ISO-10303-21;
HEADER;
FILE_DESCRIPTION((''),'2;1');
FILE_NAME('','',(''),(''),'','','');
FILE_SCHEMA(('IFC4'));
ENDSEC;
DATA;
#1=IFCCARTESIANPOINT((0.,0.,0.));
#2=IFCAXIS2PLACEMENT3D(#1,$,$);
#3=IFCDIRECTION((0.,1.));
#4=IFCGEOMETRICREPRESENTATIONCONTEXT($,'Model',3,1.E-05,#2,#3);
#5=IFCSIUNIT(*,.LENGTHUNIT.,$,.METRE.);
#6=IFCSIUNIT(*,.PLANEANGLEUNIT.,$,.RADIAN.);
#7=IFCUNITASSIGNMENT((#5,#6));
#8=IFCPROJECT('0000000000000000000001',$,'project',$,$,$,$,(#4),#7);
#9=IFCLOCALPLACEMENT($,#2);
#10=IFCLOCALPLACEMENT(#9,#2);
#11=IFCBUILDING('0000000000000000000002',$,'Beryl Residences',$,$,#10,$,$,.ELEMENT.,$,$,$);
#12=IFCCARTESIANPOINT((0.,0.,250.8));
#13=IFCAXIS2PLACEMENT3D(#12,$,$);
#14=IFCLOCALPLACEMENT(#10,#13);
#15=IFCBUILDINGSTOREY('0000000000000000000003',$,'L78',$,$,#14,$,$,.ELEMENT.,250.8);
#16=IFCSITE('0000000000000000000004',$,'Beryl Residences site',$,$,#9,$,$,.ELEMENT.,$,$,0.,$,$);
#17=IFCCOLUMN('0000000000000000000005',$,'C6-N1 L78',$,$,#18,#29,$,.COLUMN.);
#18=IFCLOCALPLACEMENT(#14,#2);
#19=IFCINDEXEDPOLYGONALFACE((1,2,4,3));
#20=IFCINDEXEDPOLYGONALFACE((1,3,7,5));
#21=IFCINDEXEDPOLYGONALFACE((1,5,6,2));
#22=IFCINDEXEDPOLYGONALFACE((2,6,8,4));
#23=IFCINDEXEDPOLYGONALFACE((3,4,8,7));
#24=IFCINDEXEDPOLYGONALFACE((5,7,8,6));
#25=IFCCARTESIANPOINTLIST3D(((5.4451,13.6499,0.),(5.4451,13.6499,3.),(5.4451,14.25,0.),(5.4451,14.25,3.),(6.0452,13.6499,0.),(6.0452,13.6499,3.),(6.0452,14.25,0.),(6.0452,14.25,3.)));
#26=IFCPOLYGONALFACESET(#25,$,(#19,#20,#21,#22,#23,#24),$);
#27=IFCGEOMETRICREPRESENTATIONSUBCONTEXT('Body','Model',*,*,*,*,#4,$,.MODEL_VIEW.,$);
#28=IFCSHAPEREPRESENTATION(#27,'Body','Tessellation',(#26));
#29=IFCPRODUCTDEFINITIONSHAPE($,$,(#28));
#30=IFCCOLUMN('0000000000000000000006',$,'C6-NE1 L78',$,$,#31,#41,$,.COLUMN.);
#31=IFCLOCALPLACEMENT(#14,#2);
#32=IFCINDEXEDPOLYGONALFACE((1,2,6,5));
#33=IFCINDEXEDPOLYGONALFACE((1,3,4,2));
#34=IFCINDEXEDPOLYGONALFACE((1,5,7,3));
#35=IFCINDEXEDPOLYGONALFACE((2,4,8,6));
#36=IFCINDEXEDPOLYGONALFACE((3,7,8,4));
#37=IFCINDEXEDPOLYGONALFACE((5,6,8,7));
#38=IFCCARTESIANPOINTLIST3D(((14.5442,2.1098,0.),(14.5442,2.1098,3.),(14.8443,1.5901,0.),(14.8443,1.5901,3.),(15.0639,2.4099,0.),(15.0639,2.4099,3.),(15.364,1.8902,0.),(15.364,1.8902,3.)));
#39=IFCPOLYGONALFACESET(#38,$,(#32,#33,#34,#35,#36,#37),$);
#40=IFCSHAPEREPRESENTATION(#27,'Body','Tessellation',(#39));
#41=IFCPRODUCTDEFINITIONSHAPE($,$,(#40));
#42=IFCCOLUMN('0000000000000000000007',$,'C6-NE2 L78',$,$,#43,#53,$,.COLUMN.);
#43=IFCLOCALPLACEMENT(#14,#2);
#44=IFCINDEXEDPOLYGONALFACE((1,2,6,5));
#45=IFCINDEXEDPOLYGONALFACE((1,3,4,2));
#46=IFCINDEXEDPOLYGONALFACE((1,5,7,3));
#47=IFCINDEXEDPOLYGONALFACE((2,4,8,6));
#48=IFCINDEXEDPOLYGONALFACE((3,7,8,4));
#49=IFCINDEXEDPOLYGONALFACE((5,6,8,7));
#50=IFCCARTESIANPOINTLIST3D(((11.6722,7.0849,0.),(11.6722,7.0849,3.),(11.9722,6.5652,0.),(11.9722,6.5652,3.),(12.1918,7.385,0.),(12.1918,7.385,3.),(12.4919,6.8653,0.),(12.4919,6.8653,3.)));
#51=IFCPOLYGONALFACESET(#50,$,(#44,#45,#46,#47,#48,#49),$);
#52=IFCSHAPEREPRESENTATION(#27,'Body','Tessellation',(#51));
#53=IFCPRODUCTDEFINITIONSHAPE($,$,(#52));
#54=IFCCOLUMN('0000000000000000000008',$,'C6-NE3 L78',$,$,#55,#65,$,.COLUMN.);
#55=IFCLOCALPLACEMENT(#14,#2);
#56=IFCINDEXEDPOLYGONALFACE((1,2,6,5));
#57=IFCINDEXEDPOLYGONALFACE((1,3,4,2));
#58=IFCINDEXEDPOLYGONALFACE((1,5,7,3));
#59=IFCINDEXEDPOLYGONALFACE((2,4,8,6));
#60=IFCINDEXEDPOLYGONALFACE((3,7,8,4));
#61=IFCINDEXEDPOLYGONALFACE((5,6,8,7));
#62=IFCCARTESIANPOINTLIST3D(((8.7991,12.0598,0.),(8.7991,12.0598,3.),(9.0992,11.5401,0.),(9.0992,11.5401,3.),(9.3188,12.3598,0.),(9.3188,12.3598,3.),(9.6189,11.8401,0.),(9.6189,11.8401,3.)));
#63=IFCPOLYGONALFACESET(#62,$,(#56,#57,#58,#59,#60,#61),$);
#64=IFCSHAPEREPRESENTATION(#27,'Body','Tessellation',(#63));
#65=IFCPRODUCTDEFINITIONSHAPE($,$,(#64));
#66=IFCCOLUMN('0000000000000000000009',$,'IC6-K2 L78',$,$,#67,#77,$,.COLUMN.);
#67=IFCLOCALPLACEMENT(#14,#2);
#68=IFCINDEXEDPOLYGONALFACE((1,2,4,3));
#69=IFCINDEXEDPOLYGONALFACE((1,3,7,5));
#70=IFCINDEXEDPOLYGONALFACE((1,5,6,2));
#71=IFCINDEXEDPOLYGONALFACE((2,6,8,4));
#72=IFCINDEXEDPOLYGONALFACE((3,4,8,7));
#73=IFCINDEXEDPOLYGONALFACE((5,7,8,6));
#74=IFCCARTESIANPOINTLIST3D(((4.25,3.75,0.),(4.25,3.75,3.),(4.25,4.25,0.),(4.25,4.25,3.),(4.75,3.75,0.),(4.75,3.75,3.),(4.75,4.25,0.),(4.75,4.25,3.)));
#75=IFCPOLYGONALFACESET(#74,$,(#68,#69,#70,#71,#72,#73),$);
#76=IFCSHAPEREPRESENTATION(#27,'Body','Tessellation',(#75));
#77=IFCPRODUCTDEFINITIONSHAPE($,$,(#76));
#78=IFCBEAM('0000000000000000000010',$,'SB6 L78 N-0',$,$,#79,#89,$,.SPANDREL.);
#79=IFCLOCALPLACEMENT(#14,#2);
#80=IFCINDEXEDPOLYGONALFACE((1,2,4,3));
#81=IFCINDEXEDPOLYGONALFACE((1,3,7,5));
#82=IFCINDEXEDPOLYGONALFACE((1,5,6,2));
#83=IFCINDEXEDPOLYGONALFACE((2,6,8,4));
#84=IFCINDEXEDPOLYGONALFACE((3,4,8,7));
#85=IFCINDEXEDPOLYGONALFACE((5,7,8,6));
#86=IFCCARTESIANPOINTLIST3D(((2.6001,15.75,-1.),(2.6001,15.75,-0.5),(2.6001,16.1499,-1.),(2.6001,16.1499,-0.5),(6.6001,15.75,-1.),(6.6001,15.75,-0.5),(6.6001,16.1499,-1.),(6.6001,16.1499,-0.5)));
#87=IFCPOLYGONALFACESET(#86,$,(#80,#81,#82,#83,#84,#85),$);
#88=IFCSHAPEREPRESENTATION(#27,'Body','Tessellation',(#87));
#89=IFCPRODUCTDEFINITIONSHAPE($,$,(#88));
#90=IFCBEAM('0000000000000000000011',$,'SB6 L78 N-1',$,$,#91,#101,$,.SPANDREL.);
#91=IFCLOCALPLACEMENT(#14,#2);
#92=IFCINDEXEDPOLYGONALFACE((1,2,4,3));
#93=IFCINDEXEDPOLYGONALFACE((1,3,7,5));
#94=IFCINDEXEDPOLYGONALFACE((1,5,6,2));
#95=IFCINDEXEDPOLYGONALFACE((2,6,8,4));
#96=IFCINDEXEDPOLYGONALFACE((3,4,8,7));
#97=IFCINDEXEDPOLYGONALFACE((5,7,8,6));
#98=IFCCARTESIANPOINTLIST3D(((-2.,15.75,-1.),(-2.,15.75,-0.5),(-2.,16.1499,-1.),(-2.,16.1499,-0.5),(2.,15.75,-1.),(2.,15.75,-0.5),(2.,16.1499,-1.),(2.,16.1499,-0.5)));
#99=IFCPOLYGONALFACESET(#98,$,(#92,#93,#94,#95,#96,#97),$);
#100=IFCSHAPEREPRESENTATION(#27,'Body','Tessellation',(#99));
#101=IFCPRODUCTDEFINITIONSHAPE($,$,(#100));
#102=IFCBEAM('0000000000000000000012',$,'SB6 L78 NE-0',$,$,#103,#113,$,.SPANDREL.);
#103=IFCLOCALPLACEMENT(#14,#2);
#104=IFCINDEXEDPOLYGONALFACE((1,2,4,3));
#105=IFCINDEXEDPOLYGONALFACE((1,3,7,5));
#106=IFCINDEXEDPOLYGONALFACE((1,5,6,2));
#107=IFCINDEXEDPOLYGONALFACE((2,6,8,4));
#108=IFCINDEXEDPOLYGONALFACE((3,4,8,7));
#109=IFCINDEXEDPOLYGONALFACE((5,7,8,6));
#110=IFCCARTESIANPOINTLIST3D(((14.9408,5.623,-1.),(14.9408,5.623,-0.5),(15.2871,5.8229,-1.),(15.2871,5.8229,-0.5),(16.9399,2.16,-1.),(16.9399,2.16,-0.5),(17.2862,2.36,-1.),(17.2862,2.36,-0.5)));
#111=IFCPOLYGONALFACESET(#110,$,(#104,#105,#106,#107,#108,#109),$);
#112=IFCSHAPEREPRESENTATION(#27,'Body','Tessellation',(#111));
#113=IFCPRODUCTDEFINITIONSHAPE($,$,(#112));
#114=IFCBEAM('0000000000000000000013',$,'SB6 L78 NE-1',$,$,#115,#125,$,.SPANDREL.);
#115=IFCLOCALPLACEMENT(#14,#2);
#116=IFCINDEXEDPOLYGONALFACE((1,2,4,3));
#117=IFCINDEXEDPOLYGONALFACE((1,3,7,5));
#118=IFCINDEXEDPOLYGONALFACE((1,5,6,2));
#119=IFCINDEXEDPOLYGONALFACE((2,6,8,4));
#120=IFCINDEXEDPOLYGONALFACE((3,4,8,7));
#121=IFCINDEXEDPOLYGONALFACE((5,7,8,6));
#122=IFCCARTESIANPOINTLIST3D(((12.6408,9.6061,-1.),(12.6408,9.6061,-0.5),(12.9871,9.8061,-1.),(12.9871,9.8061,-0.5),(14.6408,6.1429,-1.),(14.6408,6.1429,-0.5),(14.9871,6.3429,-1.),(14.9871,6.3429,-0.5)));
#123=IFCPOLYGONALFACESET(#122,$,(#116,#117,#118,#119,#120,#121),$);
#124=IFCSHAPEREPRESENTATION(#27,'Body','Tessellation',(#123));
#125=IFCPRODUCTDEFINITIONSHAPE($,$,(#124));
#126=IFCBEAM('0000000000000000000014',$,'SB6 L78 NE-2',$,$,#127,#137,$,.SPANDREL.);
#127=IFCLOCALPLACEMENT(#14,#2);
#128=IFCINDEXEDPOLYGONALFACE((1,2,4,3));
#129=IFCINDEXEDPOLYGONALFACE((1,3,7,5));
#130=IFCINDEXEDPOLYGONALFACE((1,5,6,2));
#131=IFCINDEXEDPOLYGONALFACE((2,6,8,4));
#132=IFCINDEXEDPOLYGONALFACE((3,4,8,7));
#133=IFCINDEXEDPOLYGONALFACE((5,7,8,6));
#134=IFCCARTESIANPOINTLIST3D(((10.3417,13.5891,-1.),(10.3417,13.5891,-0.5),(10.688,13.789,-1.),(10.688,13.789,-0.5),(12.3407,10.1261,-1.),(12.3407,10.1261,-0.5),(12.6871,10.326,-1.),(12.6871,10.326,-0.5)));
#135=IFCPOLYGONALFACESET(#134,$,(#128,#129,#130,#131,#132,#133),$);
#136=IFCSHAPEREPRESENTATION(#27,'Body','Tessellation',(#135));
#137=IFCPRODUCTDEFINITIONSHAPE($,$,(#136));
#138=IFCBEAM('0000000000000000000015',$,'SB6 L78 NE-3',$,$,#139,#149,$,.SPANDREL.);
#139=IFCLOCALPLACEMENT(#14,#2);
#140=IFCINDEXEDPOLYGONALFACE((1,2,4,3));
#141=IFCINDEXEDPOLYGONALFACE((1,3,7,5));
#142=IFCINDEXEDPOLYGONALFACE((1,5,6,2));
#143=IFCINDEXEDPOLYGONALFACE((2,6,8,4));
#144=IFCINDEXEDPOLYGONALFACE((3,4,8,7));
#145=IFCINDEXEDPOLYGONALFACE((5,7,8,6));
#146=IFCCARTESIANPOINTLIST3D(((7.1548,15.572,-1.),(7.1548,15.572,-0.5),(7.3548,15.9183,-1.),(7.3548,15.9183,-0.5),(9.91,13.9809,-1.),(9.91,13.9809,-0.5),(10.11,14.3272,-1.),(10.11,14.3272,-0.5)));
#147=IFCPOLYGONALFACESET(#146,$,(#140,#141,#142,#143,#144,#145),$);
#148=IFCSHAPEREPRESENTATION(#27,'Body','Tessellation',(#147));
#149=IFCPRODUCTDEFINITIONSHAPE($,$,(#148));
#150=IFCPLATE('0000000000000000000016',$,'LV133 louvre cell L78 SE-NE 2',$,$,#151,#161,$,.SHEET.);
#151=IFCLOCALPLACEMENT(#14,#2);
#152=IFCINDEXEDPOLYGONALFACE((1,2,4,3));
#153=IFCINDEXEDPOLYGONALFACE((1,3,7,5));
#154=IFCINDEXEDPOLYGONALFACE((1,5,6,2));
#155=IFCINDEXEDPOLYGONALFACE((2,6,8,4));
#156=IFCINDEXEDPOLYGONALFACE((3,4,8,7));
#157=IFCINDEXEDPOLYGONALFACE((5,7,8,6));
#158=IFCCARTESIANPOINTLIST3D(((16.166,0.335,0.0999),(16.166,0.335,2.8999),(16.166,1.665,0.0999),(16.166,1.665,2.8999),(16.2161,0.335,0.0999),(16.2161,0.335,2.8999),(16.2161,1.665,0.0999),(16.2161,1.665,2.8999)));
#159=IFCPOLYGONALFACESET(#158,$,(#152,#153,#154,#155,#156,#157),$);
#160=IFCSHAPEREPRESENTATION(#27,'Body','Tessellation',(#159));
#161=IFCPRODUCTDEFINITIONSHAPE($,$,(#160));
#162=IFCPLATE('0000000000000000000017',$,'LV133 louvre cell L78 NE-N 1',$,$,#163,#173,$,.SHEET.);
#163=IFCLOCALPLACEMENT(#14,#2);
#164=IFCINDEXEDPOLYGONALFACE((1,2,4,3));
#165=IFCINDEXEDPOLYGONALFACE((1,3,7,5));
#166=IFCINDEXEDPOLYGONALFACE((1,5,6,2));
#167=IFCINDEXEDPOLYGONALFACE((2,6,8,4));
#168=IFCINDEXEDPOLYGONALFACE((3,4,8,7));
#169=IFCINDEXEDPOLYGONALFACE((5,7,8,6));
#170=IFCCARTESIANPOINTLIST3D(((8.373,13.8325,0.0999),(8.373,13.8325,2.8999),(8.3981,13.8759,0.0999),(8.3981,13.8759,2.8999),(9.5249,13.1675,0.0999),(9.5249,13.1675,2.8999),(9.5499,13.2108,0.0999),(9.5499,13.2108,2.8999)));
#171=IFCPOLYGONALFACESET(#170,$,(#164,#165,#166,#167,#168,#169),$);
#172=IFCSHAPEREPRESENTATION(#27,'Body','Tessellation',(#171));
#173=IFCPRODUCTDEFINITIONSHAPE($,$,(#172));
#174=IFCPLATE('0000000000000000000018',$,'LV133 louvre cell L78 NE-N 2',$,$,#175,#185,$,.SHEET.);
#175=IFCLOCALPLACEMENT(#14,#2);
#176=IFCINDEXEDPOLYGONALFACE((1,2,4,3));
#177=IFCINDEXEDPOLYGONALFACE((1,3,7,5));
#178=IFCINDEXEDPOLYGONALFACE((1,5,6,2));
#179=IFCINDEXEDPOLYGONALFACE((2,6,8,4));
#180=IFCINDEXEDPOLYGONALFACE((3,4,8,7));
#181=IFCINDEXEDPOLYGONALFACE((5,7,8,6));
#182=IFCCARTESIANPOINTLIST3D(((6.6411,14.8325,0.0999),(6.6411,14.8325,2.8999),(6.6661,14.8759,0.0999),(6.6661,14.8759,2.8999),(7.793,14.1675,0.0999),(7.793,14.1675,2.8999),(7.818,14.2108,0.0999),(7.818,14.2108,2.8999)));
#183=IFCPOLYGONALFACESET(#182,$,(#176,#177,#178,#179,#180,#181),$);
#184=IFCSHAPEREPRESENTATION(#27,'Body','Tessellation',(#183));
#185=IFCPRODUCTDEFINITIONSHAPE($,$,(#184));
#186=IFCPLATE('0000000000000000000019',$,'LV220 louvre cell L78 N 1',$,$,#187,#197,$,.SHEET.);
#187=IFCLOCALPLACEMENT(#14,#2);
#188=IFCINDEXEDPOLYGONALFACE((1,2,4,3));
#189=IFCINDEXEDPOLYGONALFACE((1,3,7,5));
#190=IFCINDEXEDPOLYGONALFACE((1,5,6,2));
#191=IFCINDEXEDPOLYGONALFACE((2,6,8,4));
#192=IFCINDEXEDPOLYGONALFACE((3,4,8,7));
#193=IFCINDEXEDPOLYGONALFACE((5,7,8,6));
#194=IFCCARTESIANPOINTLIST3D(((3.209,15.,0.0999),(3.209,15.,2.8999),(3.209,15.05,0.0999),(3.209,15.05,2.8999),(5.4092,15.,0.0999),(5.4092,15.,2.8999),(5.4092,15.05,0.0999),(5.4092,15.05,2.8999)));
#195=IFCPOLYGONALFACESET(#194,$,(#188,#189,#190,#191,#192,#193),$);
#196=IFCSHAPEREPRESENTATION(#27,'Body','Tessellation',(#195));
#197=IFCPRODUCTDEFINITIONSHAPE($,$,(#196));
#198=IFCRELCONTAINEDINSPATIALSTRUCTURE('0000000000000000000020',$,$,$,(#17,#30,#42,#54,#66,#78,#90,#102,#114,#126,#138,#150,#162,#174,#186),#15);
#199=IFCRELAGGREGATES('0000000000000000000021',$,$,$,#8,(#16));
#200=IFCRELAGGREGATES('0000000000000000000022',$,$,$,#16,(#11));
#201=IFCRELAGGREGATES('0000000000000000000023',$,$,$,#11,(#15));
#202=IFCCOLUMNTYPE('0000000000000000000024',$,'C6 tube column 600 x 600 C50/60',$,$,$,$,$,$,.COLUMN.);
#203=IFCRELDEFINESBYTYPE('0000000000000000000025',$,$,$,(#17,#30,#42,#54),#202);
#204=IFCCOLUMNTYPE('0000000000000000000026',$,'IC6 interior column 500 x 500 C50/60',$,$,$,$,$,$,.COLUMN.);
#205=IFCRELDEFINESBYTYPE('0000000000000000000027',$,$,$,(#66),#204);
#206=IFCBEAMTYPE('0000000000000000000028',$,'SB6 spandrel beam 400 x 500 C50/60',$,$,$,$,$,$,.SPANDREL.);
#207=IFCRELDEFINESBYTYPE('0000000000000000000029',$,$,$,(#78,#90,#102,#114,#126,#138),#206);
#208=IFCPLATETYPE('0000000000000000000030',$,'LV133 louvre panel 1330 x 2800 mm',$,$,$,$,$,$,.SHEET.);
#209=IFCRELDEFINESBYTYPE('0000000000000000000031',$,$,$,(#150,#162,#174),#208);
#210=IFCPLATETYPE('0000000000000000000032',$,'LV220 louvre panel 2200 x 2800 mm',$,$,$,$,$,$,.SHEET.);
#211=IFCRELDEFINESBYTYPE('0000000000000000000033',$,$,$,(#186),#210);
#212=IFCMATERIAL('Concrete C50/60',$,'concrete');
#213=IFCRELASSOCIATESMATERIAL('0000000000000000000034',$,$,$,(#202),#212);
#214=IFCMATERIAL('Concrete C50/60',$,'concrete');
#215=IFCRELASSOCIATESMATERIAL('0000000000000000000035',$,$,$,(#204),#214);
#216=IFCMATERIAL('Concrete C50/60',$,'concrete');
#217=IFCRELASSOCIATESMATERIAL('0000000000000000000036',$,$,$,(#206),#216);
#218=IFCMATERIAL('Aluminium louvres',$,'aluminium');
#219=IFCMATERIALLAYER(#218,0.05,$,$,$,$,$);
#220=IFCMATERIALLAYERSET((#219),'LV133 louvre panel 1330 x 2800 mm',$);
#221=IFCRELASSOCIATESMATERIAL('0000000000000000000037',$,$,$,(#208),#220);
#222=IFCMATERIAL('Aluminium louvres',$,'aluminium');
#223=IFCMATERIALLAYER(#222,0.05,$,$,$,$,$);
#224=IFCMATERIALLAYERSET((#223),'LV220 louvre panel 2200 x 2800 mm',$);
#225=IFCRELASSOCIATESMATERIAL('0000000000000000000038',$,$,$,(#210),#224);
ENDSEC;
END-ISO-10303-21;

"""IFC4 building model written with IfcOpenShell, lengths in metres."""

from ifc_helpers import new_model, si_unit, direction, frame, origin, origin_2d, place, context, subcontext, project, spatial, polyline, rectangle, outline, extrude, source, transform, mapped, material, layer, layer_set, material_profile, profile_set, type_object, type_shapes, element, save


model = new_model("IFC4")

# Units and contexts
model_context = context("Model", 3, precision=1e-05, world=origin(), true_north=direction((0.0, 1.0)))
body_context = subcontext(model_context, "Body", "Model", "MODEL_VIEW")
ifc_project = project(units=[si_unit("LENGTHUNIT", "METRE"), si_unit("PLANEANGLEUNIT", "RADIAN")], contexts=[model_context])

# Site, building, storey
site_placement = place(None, origin())
site = spatial("IfcSite", under=ifc_project, at=site_placement, Name="Beryl Residences site", CompositionType="ELEMENT", RefElevation=0.0)
building_placement = place(site_placement, origin())
building = spatial("IfcBuilding", under=site, at=building_placement, Name="Beryl Residences", CompositionType="ELEMENT")
storey_placement = place(building_placement, frame((0.0, 0.0, 250.8)))
storey = spatial("IfcBuildingStorey", under=building, at=storey_placement, Name="L78", CompositionType="ELEMENT", Elevation=250.8)

# Columns
ifc_material_1 = material(Name="Concrete C50/60", Category="concrete")
ifc_material_profile_1 = material_profile(ifc_material_1, rectangle(XDim=0.6001, YDim=0.6001, at=origin_2d()))
ifc_profile_set_1 = profile_set([ifc_material_profile_1], Name="Concrete C50/60")
column_type_1 = type_object("IfcColumnType", Name="C6 tube column 600 x 600 C50/60", PredefinedType="COLUMN", material=ifc_profile_set_1)
for number, where, z_axis, x_axis, name in (
    (1, (5.7451, 13.95, 0.0), (0.0, 0.0, 1.0), (-1.0, 0.0, 0.0), "C6-N1 L78"),
    (2, (14.9541, 2.0, 0.0), (0.0, 0.0, 1.0), (-0.50003, 0.866008, 0.0), "C6-NE1 L78"),
    (3, (12.082, 6.9751, 0.0), (0.0, 0.0, 1.0), (-0.50003, 0.866008, 0.0), "C6-NE2 L78"),
    (4, (9.209, 11.95, 0.0), (0.0, 0.0, 1.0), (-0.50003, 0.866008, 0.0), "C6-NE3 L78"),
):
    element("IfcColumn", number, at=place(storey_placement, frame(where, z_axis=z_axis, x_axis=x_axis)), inside=storey, type_object=column_type_1, Name=name, PredefinedType="COLUMN", context=body_context, shape_type="SweptSolid", body=[
        extrude(rectangle(XDim=0.6001, YDim=0.6001, at=origin_2d()), origin(), (0.0, 0.0, 1.0), 3.0),
    ])
ifc_material_2 = material(Name="Concrete C50/60", Category="concrete")
ifc_material_profile_2 = material_profile(ifc_material_2, rectangle(XDim=0.5, YDim=0.5, at=origin_2d()))
ifc_profile_set_2 = profile_set([ifc_material_profile_2], Name="Concrete C50/60")
column_type_2 = type_object("IfcColumnType", Name="IC6 interior column 500 x 500 C50/60", PredefinedType="COLUMN", material=ifc_profile_set_2)
column_placement = place(storey_placement, frame((4.5, 4.0, 0.0), z_axis=(0.0, 0.0, 1.0), x_axis=(1.0, 0.0, 0.0)))
element("IfcColumn", 5, at=column_placement, inside=storey, type_object=column_type_2, Name="IC6-K2 L78", PredefinedType="COLUMN", context=body_context, shape_type="SweptSolid", body=[
    extrude(rectangle(XDim=0.5, YDim=0.5, at=origin_2d()), origin(), (0.0, 0.0, 1.0), 3.0),
])

# Beams
ifc_material_3 = material(Name="Concrete C50/60", Category="concrete")
ifc_material_profile_3 = material_profile(ifc_material_3, rectangle(XDim=0.3999, YDim=0.5, at=origin_2d()))
ifc_profile_set_3 = profile_set([ifc_material_profile_3], Name="Concrete C50/60")
beam_type = type_object("IfcBeamType", Name="SB6 spandrel beam 400 x 500 C50/60", PredefinedType="SPANDREL", material=ifc_profile_set_3)
for number, where, z_axis, x_axis, name in (
    (6, (6.6001, 15.95, -0.75), (-1.0, 0.0, 0.0), (0.0, -1.0, 0.0), "SB6 L78 N-0"),
    (7, (2.0, 15.95, -0.75), (-1.0, 0.0, 0.0), (0.0, -1.0, 0.0), "SB6 L78 N-1"),
):
    element("IfcBeam", number, at=place(storey_placement, frame(where, z_axis=z_axis, x_axis=x_axis)), inside=storey, type_object=beam_type, Name=name, PredefinedType="SPANDREL", context=body_context, shape_type="SweptSolid", body=[
        extrude(rectangle(XDim=0.3999, YDim=0.5, at=origin_2d()), origin(), (0.0, 0.0, 1.0), 4.0),
    ])
beam_1_placement = place(storey_placement, frame((17.113, 2.26, -0.75), z_axis=(-0.499948, 0.866055, 0.0), x_axis=(-0.866055, -0.499948, 0.0)))
element("IfcBeam", 8, at=beam_1_placement, inside=storey, type_object=beam_type, Name="SB6 L78 NE-0", PredefinedType="SPANDREL", context=body_context, shape_type="SweptSolid", body=[
    extrude(rectangle(XDim=0.3999, YDim=0.5, at=origin_2d()), origin(), (0.0, 0.0, 1.0), 3.9985),
])
beam_2_placement = place(storey_placement, frame((14.814, 6.2429, -0.75), z_axis=(-0.500105, 0.865965, 0.0), x_axis=(-0.865965, -0.500105, 0.0)))
element("IfcBeam", 9, at=beam_2_placement, inside=storey, type_object=beam_type, Name="SB6 L78 NE-1", PredefinedType="SPANDREL", context=body_context, shape_type="SweptSolid", body=[
    extrude(rectangle(XDim=0.3999, YDim=0.5, at=origin_2d()), origin(), (0.0, 0.0, 1.0), 3.9993),
])
beam_3_placement = place(storey_placement, frame((12.5139, 10.2261, -0.75), z_axis=(-0.499948, 0.866055, 0.0), x_axis=(-0.866055, -0.499948, 0.0)))
element("IfcBeam", 10, at=beam_3_placement, inside=storey, type_object=beam_type, Name="SB6 L78 NE-2", PredefinedType="SPANDREL", context=body_context, shape_type="SweptSolid", body=[
    extrude(rectangle(XDim=0.3999, YDim=0.5, at=origin_2d()), origin(), (0.0, 0.0, 1.0), 3.9985),
])
beam_4_placement = place(storey_placement, frame((10.01, 14.1541, -0.75), z_axis=(-0.865972, 0.500092, 0.0), x_axis=(-0.500092, -0.865972, 0.0)))
element("IfcBeam", 11, at=beam_4_placement, inside=storey, type_object=beam_type, Name="SB6 L78 NE-3", PredefinedType="SPANDREL", context=body_context, shape_type="SweptSolid", body=[
    extrude(rectangle(XDim=0.3999, YDim=0.5, at=origin_2d()), origin(), (0.0, 0.0, 1.0), 3.1816),
])

# Plates
ifc_material_4 = material(Name="Aluminium louvres", Category="aluminium")
ifc_layer_1 = layer(ifc_material_4, 0.05)
ifc_layer_set_1 = layer_set([ifc_layer_1], Name="LV133 louvre panel 1330 x 2800 mm")
plate_type_1 = type_object("IfcPlateType", Name="LV133 louvre panel 1330 x 2800 mm", PredefinedType="SHEET", material=ifc_layer_set_1)
shared_shape_1 = source(origin(), body_context, "Body", "SweptSolid", [
    extrude(outline(polyline([(-0.665, 0.0), (0.665, 0.0), (0.665, 0.05), (-0.665, 0.05), (-0.665, 0.0)])), origin(), (0.0, 0.0, 1.0), 2.8),
])
type_shapes(plate_type_1, [shared_shape_1])
for number, where, z_axis, x_axis, name in (
    (12, (16.166, 1.0, 0.0999), (0.0, 0.0, 1.0), (0.0, -1.0, 0.0), "LV133 louvre cell L78 SE-NE 2"),
    (13, (8.949, 13.5, 0.0999), (0.0, 0.0, 1.0), (0.866025, -0.5, 0.0), "LV133 louvre cell L78 NE-N 1"),
    (14, (7.217, 14.5, 0.0999), (0.0, 0.0, 1.0), (0.866025, -0.5, 0.0), "LV133 louvre cell L78 NE-N 2"),
):
    element("IfcPlate", number, at=place(storey_placement, frame(where, z_axis=z_axis, x_axis=x_axis)), inside=storey, type_object=plate_type_1, Name=name, PredefinedType="SHEET", context=body_context, shape_type="MappedRepresentation", body=[
        mapped(shared_shape_1, transform((0.0, 0.0, 0.0))),
    ])
ifc_material_5 = material(Name="Aluminium louvres", Category="aluminium")
ifc_layer_2 = layer(ifc_material_5, 0.05)
ifc_layer_set_2 = layer_set([ifc_layer_2], Name="LV220 louvre panel 2200 x 2800 mm")
plate_type_2 = type_object("IfcPlateType", Name="LV220 louvre panel 2200 x 2800 mm", PredefinedType="SHEET", material=ifc_layer_set_2)
shared_shape_2 = source(origin(), body_context, "Body", "SweptSolid", [
    extrude(outline(polyline([(-1.1001, 0.0), (1.1001, 0.0), (1.1001, 0.05), (-1.1001, 0.05), (-1.1001, 0.0)])), origin(), (0.0, 0.0, 1.0), 2.8),
])
type_shapes(plate_type_2, [shared_shape_2])
for number, where, z_axis, x_axis, name in (
    (15, (4.3091, 15.0, 0.0999), (0.0, 0.0, 1.0), (1.0, 0.0, 0.0), "LV220 louvre cell L78 N 1"),
):
    element("IfcPlate", number, at=place(storey_placement, frame(where, z_axis=z_axis, x_axis=x_axis)), inside=storey, type_object=plate_type_2, Name=name, PredefinedType="SHEET", context=body_context, shape_type="MappedRepresentation", body=[
        mapped(shared_shape_2, transform((0.0, 0.0, 0.0))),
    ])

save(model, "model.ifc")
